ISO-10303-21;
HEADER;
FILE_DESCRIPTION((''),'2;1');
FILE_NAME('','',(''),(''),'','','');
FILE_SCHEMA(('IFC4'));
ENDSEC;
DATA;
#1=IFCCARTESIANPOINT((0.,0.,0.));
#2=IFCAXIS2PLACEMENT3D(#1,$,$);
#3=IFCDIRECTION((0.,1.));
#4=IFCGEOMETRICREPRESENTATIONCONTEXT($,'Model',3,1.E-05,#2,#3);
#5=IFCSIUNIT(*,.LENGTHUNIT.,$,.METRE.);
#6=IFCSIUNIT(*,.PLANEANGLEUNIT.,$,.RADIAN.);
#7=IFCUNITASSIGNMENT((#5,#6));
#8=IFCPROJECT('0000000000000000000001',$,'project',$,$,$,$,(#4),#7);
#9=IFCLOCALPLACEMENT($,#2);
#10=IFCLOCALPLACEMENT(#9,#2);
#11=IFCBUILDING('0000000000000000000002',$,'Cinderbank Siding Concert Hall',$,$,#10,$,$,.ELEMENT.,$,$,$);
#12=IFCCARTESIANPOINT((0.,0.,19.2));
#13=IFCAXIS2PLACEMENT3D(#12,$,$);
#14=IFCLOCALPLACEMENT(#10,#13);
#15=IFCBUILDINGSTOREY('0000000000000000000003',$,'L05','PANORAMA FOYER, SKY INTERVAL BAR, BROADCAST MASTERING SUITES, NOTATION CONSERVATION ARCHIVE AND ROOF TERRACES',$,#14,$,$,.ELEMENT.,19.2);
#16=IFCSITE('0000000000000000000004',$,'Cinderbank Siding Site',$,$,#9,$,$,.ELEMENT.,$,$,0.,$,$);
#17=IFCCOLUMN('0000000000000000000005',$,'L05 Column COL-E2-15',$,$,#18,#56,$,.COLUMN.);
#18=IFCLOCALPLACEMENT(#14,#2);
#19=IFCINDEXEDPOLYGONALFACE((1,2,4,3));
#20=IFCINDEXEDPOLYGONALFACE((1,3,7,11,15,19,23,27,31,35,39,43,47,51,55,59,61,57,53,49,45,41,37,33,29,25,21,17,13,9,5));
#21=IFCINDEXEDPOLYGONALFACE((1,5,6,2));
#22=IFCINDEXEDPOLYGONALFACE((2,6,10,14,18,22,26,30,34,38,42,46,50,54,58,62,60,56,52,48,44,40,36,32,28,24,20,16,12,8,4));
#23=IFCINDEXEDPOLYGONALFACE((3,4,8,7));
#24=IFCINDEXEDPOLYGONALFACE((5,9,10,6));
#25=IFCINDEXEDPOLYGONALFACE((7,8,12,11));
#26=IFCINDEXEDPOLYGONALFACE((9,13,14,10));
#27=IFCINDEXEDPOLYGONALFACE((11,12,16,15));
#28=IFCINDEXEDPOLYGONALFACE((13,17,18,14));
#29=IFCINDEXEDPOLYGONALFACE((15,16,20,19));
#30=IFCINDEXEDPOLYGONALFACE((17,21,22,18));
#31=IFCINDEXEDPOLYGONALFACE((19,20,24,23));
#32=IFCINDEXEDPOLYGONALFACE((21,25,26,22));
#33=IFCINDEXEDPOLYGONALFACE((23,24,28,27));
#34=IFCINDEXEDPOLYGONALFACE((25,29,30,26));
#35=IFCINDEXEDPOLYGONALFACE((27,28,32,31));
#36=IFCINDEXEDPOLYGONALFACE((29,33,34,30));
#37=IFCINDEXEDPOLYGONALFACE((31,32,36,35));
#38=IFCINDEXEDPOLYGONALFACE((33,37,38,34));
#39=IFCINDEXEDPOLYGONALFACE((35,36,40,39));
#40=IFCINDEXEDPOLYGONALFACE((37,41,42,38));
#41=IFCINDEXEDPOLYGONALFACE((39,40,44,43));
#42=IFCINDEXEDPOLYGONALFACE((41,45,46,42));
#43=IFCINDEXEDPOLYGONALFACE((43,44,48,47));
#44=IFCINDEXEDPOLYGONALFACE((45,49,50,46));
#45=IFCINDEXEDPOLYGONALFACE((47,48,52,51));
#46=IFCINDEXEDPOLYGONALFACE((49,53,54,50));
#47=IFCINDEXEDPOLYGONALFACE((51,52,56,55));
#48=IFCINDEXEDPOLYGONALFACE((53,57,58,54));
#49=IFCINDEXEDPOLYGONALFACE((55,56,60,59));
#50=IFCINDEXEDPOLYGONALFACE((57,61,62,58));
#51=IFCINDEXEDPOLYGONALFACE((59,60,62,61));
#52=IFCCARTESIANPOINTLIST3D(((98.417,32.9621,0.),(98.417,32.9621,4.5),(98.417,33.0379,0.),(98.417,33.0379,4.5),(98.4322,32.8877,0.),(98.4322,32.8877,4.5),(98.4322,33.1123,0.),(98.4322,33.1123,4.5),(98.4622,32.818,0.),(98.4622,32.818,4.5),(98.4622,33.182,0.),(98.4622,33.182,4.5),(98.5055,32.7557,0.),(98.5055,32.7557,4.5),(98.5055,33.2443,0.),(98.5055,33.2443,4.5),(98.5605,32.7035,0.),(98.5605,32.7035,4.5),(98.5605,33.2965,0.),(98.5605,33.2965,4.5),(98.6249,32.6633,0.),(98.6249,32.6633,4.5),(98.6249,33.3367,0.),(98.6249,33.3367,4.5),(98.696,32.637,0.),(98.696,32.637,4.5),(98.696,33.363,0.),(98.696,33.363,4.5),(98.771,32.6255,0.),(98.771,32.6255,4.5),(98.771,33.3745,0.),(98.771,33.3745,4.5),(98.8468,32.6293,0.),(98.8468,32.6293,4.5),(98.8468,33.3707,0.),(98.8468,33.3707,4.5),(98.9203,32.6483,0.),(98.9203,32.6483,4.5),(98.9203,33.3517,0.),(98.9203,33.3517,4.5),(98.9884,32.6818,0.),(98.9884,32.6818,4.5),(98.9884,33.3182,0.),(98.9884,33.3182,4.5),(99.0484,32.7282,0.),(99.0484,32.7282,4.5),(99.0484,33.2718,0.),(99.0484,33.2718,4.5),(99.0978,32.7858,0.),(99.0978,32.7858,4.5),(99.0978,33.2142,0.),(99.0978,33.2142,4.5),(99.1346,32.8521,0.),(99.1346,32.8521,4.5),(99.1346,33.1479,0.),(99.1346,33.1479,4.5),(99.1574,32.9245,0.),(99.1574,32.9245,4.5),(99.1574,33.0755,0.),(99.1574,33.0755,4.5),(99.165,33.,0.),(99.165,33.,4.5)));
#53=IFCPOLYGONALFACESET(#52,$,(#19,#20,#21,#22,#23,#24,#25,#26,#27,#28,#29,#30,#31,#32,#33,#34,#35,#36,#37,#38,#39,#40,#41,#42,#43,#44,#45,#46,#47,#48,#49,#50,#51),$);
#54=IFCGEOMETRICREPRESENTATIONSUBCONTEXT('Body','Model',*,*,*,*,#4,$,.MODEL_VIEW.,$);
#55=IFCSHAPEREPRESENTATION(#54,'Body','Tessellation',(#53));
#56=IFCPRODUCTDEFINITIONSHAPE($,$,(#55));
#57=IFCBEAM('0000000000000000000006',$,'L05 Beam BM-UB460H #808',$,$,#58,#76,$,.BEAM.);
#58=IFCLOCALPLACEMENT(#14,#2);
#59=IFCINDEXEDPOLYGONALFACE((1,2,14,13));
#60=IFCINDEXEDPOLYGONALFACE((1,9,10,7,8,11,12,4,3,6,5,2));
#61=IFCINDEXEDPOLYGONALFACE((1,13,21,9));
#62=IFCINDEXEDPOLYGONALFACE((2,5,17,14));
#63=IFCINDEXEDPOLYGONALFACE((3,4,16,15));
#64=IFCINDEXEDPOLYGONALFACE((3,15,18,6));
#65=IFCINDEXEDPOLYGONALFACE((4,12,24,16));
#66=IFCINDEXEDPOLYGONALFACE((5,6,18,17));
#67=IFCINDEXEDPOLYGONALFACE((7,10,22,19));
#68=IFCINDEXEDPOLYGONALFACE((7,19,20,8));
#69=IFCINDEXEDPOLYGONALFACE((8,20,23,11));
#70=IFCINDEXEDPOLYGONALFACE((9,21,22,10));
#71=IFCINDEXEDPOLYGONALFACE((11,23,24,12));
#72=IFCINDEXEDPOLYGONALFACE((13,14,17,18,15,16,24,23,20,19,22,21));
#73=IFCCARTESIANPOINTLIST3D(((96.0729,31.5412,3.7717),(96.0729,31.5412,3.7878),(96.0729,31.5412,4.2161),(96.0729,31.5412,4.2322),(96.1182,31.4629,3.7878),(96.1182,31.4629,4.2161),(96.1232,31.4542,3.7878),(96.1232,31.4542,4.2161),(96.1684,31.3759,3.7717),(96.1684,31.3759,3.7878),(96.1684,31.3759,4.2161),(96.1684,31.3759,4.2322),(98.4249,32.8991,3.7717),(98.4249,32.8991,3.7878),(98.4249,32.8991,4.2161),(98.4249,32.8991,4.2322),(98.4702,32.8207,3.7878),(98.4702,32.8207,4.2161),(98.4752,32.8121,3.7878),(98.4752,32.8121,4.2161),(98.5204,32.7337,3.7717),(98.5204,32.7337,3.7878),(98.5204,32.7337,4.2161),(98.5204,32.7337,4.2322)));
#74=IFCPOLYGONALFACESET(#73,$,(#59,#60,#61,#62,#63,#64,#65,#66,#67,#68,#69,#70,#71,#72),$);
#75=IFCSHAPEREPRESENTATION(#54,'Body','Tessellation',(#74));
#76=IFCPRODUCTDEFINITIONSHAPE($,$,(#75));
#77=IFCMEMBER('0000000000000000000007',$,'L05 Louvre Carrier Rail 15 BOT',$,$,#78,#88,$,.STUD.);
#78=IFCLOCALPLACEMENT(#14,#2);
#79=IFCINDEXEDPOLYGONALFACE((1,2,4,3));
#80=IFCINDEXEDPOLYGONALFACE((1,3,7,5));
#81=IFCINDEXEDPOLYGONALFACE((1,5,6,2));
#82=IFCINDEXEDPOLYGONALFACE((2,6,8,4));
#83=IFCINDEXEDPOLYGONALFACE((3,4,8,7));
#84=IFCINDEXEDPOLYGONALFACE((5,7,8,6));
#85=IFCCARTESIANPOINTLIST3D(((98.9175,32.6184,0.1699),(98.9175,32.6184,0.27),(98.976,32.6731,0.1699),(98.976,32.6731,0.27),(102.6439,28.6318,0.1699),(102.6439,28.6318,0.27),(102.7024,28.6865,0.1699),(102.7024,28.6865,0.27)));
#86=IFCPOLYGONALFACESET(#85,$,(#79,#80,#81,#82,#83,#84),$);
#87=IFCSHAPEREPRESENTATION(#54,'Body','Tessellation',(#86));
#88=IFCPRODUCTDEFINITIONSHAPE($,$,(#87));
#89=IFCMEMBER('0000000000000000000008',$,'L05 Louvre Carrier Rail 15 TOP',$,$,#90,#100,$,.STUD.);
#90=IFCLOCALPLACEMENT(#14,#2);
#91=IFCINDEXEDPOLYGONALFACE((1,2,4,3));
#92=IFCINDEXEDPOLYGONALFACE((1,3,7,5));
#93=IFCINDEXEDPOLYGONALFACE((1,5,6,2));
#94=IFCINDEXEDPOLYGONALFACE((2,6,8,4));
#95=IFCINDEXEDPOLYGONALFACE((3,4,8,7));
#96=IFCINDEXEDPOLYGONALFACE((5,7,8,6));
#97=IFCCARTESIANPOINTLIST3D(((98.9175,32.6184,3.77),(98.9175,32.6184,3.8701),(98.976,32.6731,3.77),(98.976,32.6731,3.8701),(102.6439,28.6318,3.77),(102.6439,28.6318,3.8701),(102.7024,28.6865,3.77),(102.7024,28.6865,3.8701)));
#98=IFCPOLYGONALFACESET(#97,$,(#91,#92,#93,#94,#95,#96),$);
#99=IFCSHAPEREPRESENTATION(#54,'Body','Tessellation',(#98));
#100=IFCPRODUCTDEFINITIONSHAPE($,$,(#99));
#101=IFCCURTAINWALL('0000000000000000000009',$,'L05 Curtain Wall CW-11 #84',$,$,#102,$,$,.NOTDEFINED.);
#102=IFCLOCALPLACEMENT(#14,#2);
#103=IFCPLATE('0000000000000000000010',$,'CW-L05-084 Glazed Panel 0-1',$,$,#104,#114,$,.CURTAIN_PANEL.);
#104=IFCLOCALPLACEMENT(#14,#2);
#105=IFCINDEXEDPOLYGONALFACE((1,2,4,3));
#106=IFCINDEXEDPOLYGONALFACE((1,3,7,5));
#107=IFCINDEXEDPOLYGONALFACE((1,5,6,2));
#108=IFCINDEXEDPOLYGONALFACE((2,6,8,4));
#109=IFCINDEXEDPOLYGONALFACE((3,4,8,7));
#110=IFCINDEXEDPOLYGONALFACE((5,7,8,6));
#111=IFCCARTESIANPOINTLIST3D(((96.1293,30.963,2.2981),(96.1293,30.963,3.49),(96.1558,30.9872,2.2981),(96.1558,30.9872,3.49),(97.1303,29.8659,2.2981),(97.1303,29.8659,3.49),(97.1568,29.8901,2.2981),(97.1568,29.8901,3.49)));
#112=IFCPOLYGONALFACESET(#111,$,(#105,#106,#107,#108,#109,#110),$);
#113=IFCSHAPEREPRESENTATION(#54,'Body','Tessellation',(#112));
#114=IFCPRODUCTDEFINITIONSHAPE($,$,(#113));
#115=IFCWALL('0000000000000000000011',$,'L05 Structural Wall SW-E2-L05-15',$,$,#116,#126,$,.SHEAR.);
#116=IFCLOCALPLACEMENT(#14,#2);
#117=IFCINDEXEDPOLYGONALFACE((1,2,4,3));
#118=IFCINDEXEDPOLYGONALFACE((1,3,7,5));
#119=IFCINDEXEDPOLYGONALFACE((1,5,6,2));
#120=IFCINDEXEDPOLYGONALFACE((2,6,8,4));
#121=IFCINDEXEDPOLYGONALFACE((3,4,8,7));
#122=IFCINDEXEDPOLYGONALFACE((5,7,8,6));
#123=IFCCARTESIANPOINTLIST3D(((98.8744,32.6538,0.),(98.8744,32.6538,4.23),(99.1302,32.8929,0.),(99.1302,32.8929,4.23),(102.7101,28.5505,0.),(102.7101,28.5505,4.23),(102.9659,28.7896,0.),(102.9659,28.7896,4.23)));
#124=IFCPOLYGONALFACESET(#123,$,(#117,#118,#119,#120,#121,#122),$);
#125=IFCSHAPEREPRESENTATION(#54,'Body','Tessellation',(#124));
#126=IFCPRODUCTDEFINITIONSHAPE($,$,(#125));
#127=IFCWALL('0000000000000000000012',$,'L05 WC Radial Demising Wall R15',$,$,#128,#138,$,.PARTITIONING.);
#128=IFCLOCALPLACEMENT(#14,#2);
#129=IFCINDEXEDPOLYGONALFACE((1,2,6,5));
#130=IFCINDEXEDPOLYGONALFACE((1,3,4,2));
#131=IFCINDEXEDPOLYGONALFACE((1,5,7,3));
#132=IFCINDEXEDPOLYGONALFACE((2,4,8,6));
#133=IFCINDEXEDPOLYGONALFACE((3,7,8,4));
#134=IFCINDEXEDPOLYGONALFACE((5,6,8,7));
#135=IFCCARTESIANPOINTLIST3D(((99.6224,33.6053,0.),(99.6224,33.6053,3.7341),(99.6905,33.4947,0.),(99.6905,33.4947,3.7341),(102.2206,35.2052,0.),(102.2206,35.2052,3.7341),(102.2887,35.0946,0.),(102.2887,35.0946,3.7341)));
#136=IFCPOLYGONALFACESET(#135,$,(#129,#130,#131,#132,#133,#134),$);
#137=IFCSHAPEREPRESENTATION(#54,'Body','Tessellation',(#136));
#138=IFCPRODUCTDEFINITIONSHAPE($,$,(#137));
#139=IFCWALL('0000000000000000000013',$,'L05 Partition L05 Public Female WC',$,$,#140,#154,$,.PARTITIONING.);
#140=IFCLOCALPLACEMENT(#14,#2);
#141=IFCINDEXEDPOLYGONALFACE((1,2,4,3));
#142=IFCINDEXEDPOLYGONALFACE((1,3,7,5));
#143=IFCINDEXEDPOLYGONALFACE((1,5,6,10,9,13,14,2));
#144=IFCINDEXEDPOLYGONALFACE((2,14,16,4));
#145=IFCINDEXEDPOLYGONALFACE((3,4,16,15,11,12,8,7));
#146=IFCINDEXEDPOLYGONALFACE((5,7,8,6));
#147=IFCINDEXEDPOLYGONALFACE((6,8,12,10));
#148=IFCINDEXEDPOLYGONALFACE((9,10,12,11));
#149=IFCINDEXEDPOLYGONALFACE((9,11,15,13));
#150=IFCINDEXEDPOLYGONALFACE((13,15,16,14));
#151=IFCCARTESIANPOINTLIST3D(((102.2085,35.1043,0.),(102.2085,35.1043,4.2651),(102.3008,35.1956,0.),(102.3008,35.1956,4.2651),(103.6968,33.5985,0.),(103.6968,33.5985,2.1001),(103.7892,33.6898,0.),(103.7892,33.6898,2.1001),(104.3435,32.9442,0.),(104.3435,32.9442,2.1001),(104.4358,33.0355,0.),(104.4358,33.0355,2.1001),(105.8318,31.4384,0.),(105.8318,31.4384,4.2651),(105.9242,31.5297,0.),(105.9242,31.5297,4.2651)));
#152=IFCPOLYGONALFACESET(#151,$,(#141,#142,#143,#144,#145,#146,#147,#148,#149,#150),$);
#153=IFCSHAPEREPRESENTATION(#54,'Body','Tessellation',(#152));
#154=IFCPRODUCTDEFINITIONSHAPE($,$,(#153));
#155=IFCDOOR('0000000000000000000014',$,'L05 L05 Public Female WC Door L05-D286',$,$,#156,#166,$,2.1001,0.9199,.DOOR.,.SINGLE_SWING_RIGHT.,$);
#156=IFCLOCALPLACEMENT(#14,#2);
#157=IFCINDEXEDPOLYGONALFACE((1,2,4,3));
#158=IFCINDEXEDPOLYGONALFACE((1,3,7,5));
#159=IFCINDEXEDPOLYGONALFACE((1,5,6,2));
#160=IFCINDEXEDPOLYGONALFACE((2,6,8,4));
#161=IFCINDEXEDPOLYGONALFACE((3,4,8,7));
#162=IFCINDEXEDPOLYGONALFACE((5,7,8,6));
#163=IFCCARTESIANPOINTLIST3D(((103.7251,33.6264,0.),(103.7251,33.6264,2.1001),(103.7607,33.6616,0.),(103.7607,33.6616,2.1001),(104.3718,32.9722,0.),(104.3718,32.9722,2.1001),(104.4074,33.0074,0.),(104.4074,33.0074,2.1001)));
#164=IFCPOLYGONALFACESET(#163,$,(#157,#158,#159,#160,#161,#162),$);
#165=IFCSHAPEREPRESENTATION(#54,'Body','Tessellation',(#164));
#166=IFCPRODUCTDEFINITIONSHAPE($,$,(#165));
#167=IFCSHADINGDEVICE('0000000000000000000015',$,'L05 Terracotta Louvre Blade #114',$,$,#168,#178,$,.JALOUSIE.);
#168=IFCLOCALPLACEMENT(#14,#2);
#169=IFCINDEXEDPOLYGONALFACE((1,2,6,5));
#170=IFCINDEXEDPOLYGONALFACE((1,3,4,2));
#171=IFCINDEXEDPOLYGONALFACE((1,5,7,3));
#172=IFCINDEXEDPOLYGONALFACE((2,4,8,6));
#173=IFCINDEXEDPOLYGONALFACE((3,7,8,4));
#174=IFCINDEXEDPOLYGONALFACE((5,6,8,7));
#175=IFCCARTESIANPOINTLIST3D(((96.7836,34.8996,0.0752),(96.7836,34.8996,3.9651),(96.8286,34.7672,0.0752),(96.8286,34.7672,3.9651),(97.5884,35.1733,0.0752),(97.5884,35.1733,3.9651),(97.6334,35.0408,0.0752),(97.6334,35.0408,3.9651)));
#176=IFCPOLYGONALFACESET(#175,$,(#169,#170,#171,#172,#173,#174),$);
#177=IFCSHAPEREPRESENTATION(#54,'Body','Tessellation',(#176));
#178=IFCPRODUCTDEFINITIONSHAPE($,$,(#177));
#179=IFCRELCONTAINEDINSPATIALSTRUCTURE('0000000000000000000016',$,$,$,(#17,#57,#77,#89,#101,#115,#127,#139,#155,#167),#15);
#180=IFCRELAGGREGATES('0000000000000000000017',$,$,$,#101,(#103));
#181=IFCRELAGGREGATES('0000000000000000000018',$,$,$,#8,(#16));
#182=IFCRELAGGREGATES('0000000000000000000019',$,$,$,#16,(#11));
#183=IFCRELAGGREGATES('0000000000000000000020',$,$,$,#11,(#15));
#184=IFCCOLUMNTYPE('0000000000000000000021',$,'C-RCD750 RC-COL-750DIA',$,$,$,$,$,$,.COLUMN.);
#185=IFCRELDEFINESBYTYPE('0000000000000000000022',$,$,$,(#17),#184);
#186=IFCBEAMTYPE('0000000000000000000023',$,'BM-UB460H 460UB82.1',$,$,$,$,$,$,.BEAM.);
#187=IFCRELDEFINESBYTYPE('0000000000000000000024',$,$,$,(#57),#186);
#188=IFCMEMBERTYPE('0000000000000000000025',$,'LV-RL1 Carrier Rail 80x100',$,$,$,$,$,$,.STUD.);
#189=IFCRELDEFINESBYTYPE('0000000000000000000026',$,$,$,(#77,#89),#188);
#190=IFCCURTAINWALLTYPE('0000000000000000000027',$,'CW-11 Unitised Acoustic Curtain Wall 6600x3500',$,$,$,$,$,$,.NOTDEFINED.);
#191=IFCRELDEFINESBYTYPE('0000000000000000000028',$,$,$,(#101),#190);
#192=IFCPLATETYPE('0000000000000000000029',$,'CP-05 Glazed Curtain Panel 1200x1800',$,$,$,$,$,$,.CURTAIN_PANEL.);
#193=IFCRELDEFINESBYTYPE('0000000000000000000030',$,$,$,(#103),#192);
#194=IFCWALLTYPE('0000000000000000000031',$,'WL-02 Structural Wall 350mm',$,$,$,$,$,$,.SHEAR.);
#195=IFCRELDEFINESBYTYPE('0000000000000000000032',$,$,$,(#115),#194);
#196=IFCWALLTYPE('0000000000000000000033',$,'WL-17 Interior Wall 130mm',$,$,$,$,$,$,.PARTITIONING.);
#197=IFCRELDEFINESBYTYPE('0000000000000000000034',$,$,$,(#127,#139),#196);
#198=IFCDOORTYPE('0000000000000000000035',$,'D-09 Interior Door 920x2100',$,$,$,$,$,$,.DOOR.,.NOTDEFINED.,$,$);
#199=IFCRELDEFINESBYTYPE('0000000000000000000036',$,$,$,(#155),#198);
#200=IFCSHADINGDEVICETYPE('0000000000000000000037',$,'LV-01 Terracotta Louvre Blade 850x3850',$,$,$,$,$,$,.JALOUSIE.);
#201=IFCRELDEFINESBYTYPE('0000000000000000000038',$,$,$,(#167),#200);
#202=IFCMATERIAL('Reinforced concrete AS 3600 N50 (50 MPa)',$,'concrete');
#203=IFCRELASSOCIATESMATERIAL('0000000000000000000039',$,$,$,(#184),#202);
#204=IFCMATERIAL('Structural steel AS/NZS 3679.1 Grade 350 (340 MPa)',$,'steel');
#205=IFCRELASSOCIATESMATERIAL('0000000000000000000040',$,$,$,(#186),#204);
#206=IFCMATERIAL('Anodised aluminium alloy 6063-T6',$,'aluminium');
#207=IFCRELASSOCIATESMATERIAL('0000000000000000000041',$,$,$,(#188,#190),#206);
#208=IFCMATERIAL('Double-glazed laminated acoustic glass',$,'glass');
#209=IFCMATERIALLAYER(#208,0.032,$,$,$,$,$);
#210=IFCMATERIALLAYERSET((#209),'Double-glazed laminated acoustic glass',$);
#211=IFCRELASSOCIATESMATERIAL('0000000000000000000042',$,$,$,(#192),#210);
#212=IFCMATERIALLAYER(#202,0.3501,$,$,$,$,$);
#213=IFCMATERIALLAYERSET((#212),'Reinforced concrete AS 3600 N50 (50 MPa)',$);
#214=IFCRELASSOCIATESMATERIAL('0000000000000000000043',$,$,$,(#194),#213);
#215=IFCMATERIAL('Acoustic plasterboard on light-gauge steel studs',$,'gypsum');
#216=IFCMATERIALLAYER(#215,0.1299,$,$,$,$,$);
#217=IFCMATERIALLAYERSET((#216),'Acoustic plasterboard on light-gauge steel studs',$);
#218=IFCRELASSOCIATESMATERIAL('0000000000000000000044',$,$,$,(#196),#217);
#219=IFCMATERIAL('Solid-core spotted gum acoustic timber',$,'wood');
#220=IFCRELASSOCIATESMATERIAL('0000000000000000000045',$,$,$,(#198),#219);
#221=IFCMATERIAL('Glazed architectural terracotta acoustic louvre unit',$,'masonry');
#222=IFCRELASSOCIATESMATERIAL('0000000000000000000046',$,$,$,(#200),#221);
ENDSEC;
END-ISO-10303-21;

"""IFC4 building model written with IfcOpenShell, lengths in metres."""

from ifc_helpers import new_model, si_unit, direction, frame, frame_2d, origin, origin_2d, place, context, subcontext, project, spatial, rectangle, circle, i_section, extrude, material, layer, layer_set, material_profile, profile_set, type_object, element, fill, aggregate, save


model = new_model("IFC4")

# Units and contexts
model_context = context("Model", 3, precision=1e-05, world=origin(), true_north=direction((0.0, 1.0)))
body_context = subcontext(model_context, "Body", "Model", "MODEL_VIEW")
ifc_project = project(units=[si_unit("LENGTHUNIT", "METRE"), si_unit("PLANEANGLEUNIT", "RADIAN")], contexts=[model_context])

# Site, building, storey
site_placement = place(None, origin())
site = spatial("IfcSite", under=ifc_project, at=site_placement, Name="Cinderbank Siding Site", CompositionType="ELEMENT", RefElevation=0.0)
building_placement = place(site_placement, origin())
building = spatial("IfcBuilding", under=site, at=building_placement, Name="Cinderbank Siding Concert Hall", CompositionType="ELEMENT")
storey_placement = place(building_placement, frame((0.0, 0.0, 19.2)))
storey = spatial("IfcBuildingStorey", under=building, at=storey_placement, Name="L05", Description="PANORAMA FOYER, SKY INTERVAL BAR, BROADCAST MASTERING SUITES, NOTATION CONSERVATION ARCHIVE AND ROOF TERRACES", CompositionType="ELEMENT", Elevation=19.2)

# Column
ifc_material_1 = material(Name="Reinforced concrete AS 3600 N50 (50 MPa)", Category="concrete")
ifc_material_profile_1 = material_profile(ifc_material_1, circle(Radius=0.375, at=origin_2d()), Name="RC-COL-750DIA", Category="LoadBearing")
ifc_profile_set_1 = profile_set([ifc_material_profile_1], Name="Reinforced concrete AS 3600 N50 (50 MPa)")
column_type = type_object("IfcColumnType", Name="C-RCD750 RC-COL-750DIA", PredefinedType="COLUMN", material=ifc_profile_set_1)
column_placement = place(storey_placement, frame((98.79, 33.0, 0.0), z_axis=(0.0, 0.0, 1.0), x_axis=(1.0, 0.0, 0.0)))
element("IfcColumn", 1, at=column_placement, inside=storey, type_object=column_type, Name="L05 Column COL-E2-15", PredefinedType="COLUMN", context=body_context, shape_type="SweptSolid", body=[
    extrude(circle(Radius=0.375, at=origin_2d()), origin(), (0.0, 0.0, 1.0), 4.5),
])

# Beam
ifc_material_2 = material(Name="Structural steel AS/NZS 3679.1 Grade 350 (340 MPa)", Category="steel")
ifc_material_profile_2 = material_profile(ifc_material_2, i_section(OverallWidth=0.1909, OverallDepth=0.4604, WebThickness=0.01, FlangeThickness=0.0161, at=origin_2d()), Name="460UB82.1", Category="LoadBearing")
ifc_profile_set_2 = profile_set([ifc_material_profile_2], Name="Structural steel AS/NZS 3679.1 Grade 350 (340 MPa)")
beam_type = type_object("IfcBeamType", Name="BM-UB460H 460UB82.1", PredefinedType="BEAM", material=ifc_profile_set_2)
beam_placement = place(storey_placement, frame((98.4727, 32.8164, 4.002), z_axis=(-0.866033, -0.499987, 0.0), x_axis=(0.499987, -0.866033, 0.0)))
element("IfcBeam", 2, at=beam_placement, inside=storey, type_object=beam_type, Name="L05 Beam BM-UB460H #808", PredefinedType="BEAM", context=body_context, shape_type="SweptSolid", body=[
    extrude(i_section(OverallWidth=0.1909, OverallDepth=0.4604, WebThickness=0.01, FlangeThickness=0.0161, at=origin_2d()), origin(), (0.0, 0.0, 1.0), 2.7158),
])

# Members
ifc_material_3 = material(Name="Anodised aluminium alloy 6063-T6", Category="aluminium")
ifc_material_profile_3 = material_profile(ifc_material_3, rectangle(XDim=0.0801, YDim=0.1001, at=origin_2d()), Name="ALU-RAIL-80x100", Category="LoadBearing")
ifc_profile_set_3 = profile_set([ifc_material_profile_3], Name="Anodised aluminium alloy 6063-T6")
member_type = type_object("IfcMemberType", Name="LV-RL1 Carrier Rail 80x100", PredefinedType="STUD", material=ifc_profile_set_3)
for number, where, z_axis, x_axis, name in (
    (3, (98.9468, 32.6458, 0.22), (0.682858, -0.730551, 0.0), (0.730551, 0.682858, 0.0), "L05 Louvre Carrier Rail 15 BOT"),
    (4, (98.9468, 32.6458, 3.8201), (0.682858, -0.730551, 0.0), (0.730551, 0.682858, 0.0), "L05 Louvre Carrier Rail 15 TOP"),
):
    element("IfcMember", number, at=place(storey_placement, frame(where, z_axis=z_axis, x_axis=x_axis)), inside=storey, type_object=member_type, Name=name, PredefinedType="STUD", context=body_context, shape_type="SweptSolid", body=[
        extrude(rectangle(XDim=0.0801, YDim=0.1001, at=origin_2d()), origin(), (0.0, 0.0, 1.0), 5.457),
    ])

# Curtain wall, plate
curtain_wall_type = type_object("IfcCurtainWallType", Name="CW-11 Unitised Acoustic Curtain Wall 6600x3500", PredefinedType="NOTDEFINED", material=ifc_material_3)
curtain_wall_placement = place(storey_placement, origin())
curtain_wall = element("IfcCurtainWall", 5, at=curtain_wall_placement, inside=storey, type_object=curtain_wall_type, Name="L05 Curtain Wall CW-11 #84", PredefinedType="NOTDEFINED")
ifc_material_4 = material(Name="Double-glazed laminated acoustic glass", Category="glass")
ifc_layer_1 = layer(ifc_material_4, 0.032)
ifc_layer_set_1 = layer_set([ifc_layer_1], Name="Double-glazed laminated acoustic glass")
plate_type = type_object("IfcPlateType", Name="CP-05 Glazed Curtain Panel 1200x1800", PredefinedType="CURTAIN_PANEL", material=ifc_layer_set_1)
plate_placement = place(storey_placement, frame((96.6431, 30.4265, 2.2981), z_axis=(0.0, 0.0, 1.0), x_axis=(0.673989, -0.738742, 0.0)))
plate = element("IfcPlate", 6, at=plate_placement, type_object=plate_type, Name="CW-L05-084 Glazed Panel 0-1", PredefinedType="CURTAIN_PANEL", context=body_context, shape_type="SweptSolid", body=[
    extrude(rectangle(XDim=1.4851, YDim=0.0359, at=origin_2d()), origin(), (0.0, 0.0, 1.0), 1.1919),
])
aggregate(curtain_wall, [plate])

# Walls
ifc_layer_2 = layer(ifc_material_1, 0.3501)
ifc_layer_set_2 = layer_set([ifc_layer_2], Name="Reinforced concrete AS 3600 N50 (50 MPa)")
wall_type_1 = type_object("IfcWallType", Name="WL-02 Structural Wall 350mm", PredefinedType="SHEAR", material=ifc_layer_set_2)
wall_1_placement = place(storey_placement, frame((99.0022, 32.7734, 0.0), z_axis=(0.0, 0.0, 1.0), x_axis=(0.682886, -0.730525, 0.0)))
element("IfcWall", 7, at=wall_1_placement, inside=storey, type_object=wall_type_1, Name="L05 Structural Wall SW-E2-L05-15", PredefinedType="SHEAR", context=body_context, shape_type="SweptSolid", body=[
    extrude(rectangle(XDim=5.6169, YDim=0.3501, at=frame_2d((2.8086, 0.0))), origin(), (0.0, 0.0, 1.0), 4.23),
])
ifc_material_5 = material(Name="Acoustic plasterboard on light-gauge steel studs", Category="gypsum")
ifc_layer_3 = layer(ifc_material_5, 0.1299)
ifc_layer_set_3 = layer_set([ifc_layer_3], Name="Acoustic plasterboard on light-gauge steel studs")
wall_type_2 = type_object("IfcWallType", Name="WL-17 Interior Wall 130mm", PredefinedType="PARTITIONING", material=ifc_layer_set_3)
wall_2_placement = place(storey_placement, frame((102.2546, 35.1499, 0.0), z_axis=(0.0, 0.0, 1.0), x_axis=(-0.851513, -0.524334, 0.0)))
element("IfcWall", 8, at=wall_2_placement, inside=storey, type_object=wall_type_2, Name="L05 WC Radial Demising Wall R15", PredefinedType="PARTITIONING", context=body_context, shape_type="SweptSolid", body=[
    extrude(rectangle(XDim=3.0513, YDim=0.1299, at=frame_2d((1.5256, 0.0))), origin(), (0.0, 0.0, 1.0), 3.7341),
])

# Wall, opening, door
wall_3_placement = place(storey_placement, frame((102.2546, 35.1499, 0.0), z_axis=(0.0, 0.0, 1.0), x_axis=(0.702974, -0.711216, 0.0)))
wall_3 = element("IfcWall", 9, at=wall_3_placement, inside=storey, type_object=wall_type_2, Name="L05 Partition L05 Public Female WC", PredefinedType="PARTITIONING", context=body_context, shape_type="SweptSolid", body=[
    extrude(rectangle(XDim=5.1543, YDim=0.1299, at=frame_2d((2.5771, 0.0))), origin(), (0.0, 0.0, 1.0), 4.2651),
])
opening_placement = place(wall_3_placement, frame((2.1172, 0.0, 0.0)))
opening = element("IfcOpeningElement", 10, at=opening_placement, cuts=wall_3, PredefinedType="OPENING", context=body_context, shape_type="SweptSolid", body=[
    extrude(rectangle(XDim=0.9199, YDim=2.1001, at=frame_2d((0.46, 1.05))), frame((0.0, 0.0769, 0.0), z_axis=(0.0, -1.0, 0.0), x_axis=(1.0, 0.0, 0.0)), (0.0, 0.0, 1.0), 0.1538),
])
ifc_material_6 = material(Name="Solid-core spotted gum acoustic timber", Category="wood")
door_type = type_object("IfcDoorType", Name="D-09 Interior Door 920x2100", OperationType="NOTDEFINED", PredefinedType="DOOR", material=ifc_material_6)
door_placement = place(opening_placement, origin())
door = element("IfcDoor", 11, at=door_placement, inside=storey, type_object=door_type, Name="L05 L05 Public Female WC Door L05-D286", OperationType="SINGLE_SWING_RIGHT", OverallHeight=2.1001, OverallWidth=0.9199, PredefinedType="DOOR", context=body_context, shape_type="SweptSolid", body=[
    extrude(rectangle(XDim=0.9199, YDim=2.1001, at=frame_2d((0.46, 1.05))), frame((0.0, 0.0249, 0.0), z_axis=(0.0, -1.0, 0.0), x_axis=(1.0, 0.0, 0.0)), (0.0, 0.0, 1.0), 0.05),
])
fill(opening, door)

# Shading device
ifc_material_7 = material(Name="Glazed architectural terracotta acoustic louvre unit", Category="masonry")
shading_device_type = type_object("IfcShadingDeviceType", Name="LV-01 Terracotta Louvre Blade 850x3850", PredefinedType="JALOUSIE", material=ifc_material_7)
for number, where, z_axis, x_axis, name in (
    (12, (97.2085, 34.9702, 0.0752), (0.0, 0.0, 1.0), (-0.946765, -0.321924, 0.0), "L05 Terracotta Louvre Blade #114"),
):
    element("IfcShadingDevice", number, at=place(storey_placement, frame(where, z_axis=z_axis, x_axis=x_axis)), inside=storey, type_object=shading_device_type, Name=name, PredefinedType="JALOUSIE", context=body_context, shape_type="SweptSolid", body=[
        extrude(rectangle(XDim=0.8501, YDim=0.1399, at=origin_2d()), origin(), (0.0, 0.0, 1.0), 3.8899),
    ])

save(model, "model.ifc")
